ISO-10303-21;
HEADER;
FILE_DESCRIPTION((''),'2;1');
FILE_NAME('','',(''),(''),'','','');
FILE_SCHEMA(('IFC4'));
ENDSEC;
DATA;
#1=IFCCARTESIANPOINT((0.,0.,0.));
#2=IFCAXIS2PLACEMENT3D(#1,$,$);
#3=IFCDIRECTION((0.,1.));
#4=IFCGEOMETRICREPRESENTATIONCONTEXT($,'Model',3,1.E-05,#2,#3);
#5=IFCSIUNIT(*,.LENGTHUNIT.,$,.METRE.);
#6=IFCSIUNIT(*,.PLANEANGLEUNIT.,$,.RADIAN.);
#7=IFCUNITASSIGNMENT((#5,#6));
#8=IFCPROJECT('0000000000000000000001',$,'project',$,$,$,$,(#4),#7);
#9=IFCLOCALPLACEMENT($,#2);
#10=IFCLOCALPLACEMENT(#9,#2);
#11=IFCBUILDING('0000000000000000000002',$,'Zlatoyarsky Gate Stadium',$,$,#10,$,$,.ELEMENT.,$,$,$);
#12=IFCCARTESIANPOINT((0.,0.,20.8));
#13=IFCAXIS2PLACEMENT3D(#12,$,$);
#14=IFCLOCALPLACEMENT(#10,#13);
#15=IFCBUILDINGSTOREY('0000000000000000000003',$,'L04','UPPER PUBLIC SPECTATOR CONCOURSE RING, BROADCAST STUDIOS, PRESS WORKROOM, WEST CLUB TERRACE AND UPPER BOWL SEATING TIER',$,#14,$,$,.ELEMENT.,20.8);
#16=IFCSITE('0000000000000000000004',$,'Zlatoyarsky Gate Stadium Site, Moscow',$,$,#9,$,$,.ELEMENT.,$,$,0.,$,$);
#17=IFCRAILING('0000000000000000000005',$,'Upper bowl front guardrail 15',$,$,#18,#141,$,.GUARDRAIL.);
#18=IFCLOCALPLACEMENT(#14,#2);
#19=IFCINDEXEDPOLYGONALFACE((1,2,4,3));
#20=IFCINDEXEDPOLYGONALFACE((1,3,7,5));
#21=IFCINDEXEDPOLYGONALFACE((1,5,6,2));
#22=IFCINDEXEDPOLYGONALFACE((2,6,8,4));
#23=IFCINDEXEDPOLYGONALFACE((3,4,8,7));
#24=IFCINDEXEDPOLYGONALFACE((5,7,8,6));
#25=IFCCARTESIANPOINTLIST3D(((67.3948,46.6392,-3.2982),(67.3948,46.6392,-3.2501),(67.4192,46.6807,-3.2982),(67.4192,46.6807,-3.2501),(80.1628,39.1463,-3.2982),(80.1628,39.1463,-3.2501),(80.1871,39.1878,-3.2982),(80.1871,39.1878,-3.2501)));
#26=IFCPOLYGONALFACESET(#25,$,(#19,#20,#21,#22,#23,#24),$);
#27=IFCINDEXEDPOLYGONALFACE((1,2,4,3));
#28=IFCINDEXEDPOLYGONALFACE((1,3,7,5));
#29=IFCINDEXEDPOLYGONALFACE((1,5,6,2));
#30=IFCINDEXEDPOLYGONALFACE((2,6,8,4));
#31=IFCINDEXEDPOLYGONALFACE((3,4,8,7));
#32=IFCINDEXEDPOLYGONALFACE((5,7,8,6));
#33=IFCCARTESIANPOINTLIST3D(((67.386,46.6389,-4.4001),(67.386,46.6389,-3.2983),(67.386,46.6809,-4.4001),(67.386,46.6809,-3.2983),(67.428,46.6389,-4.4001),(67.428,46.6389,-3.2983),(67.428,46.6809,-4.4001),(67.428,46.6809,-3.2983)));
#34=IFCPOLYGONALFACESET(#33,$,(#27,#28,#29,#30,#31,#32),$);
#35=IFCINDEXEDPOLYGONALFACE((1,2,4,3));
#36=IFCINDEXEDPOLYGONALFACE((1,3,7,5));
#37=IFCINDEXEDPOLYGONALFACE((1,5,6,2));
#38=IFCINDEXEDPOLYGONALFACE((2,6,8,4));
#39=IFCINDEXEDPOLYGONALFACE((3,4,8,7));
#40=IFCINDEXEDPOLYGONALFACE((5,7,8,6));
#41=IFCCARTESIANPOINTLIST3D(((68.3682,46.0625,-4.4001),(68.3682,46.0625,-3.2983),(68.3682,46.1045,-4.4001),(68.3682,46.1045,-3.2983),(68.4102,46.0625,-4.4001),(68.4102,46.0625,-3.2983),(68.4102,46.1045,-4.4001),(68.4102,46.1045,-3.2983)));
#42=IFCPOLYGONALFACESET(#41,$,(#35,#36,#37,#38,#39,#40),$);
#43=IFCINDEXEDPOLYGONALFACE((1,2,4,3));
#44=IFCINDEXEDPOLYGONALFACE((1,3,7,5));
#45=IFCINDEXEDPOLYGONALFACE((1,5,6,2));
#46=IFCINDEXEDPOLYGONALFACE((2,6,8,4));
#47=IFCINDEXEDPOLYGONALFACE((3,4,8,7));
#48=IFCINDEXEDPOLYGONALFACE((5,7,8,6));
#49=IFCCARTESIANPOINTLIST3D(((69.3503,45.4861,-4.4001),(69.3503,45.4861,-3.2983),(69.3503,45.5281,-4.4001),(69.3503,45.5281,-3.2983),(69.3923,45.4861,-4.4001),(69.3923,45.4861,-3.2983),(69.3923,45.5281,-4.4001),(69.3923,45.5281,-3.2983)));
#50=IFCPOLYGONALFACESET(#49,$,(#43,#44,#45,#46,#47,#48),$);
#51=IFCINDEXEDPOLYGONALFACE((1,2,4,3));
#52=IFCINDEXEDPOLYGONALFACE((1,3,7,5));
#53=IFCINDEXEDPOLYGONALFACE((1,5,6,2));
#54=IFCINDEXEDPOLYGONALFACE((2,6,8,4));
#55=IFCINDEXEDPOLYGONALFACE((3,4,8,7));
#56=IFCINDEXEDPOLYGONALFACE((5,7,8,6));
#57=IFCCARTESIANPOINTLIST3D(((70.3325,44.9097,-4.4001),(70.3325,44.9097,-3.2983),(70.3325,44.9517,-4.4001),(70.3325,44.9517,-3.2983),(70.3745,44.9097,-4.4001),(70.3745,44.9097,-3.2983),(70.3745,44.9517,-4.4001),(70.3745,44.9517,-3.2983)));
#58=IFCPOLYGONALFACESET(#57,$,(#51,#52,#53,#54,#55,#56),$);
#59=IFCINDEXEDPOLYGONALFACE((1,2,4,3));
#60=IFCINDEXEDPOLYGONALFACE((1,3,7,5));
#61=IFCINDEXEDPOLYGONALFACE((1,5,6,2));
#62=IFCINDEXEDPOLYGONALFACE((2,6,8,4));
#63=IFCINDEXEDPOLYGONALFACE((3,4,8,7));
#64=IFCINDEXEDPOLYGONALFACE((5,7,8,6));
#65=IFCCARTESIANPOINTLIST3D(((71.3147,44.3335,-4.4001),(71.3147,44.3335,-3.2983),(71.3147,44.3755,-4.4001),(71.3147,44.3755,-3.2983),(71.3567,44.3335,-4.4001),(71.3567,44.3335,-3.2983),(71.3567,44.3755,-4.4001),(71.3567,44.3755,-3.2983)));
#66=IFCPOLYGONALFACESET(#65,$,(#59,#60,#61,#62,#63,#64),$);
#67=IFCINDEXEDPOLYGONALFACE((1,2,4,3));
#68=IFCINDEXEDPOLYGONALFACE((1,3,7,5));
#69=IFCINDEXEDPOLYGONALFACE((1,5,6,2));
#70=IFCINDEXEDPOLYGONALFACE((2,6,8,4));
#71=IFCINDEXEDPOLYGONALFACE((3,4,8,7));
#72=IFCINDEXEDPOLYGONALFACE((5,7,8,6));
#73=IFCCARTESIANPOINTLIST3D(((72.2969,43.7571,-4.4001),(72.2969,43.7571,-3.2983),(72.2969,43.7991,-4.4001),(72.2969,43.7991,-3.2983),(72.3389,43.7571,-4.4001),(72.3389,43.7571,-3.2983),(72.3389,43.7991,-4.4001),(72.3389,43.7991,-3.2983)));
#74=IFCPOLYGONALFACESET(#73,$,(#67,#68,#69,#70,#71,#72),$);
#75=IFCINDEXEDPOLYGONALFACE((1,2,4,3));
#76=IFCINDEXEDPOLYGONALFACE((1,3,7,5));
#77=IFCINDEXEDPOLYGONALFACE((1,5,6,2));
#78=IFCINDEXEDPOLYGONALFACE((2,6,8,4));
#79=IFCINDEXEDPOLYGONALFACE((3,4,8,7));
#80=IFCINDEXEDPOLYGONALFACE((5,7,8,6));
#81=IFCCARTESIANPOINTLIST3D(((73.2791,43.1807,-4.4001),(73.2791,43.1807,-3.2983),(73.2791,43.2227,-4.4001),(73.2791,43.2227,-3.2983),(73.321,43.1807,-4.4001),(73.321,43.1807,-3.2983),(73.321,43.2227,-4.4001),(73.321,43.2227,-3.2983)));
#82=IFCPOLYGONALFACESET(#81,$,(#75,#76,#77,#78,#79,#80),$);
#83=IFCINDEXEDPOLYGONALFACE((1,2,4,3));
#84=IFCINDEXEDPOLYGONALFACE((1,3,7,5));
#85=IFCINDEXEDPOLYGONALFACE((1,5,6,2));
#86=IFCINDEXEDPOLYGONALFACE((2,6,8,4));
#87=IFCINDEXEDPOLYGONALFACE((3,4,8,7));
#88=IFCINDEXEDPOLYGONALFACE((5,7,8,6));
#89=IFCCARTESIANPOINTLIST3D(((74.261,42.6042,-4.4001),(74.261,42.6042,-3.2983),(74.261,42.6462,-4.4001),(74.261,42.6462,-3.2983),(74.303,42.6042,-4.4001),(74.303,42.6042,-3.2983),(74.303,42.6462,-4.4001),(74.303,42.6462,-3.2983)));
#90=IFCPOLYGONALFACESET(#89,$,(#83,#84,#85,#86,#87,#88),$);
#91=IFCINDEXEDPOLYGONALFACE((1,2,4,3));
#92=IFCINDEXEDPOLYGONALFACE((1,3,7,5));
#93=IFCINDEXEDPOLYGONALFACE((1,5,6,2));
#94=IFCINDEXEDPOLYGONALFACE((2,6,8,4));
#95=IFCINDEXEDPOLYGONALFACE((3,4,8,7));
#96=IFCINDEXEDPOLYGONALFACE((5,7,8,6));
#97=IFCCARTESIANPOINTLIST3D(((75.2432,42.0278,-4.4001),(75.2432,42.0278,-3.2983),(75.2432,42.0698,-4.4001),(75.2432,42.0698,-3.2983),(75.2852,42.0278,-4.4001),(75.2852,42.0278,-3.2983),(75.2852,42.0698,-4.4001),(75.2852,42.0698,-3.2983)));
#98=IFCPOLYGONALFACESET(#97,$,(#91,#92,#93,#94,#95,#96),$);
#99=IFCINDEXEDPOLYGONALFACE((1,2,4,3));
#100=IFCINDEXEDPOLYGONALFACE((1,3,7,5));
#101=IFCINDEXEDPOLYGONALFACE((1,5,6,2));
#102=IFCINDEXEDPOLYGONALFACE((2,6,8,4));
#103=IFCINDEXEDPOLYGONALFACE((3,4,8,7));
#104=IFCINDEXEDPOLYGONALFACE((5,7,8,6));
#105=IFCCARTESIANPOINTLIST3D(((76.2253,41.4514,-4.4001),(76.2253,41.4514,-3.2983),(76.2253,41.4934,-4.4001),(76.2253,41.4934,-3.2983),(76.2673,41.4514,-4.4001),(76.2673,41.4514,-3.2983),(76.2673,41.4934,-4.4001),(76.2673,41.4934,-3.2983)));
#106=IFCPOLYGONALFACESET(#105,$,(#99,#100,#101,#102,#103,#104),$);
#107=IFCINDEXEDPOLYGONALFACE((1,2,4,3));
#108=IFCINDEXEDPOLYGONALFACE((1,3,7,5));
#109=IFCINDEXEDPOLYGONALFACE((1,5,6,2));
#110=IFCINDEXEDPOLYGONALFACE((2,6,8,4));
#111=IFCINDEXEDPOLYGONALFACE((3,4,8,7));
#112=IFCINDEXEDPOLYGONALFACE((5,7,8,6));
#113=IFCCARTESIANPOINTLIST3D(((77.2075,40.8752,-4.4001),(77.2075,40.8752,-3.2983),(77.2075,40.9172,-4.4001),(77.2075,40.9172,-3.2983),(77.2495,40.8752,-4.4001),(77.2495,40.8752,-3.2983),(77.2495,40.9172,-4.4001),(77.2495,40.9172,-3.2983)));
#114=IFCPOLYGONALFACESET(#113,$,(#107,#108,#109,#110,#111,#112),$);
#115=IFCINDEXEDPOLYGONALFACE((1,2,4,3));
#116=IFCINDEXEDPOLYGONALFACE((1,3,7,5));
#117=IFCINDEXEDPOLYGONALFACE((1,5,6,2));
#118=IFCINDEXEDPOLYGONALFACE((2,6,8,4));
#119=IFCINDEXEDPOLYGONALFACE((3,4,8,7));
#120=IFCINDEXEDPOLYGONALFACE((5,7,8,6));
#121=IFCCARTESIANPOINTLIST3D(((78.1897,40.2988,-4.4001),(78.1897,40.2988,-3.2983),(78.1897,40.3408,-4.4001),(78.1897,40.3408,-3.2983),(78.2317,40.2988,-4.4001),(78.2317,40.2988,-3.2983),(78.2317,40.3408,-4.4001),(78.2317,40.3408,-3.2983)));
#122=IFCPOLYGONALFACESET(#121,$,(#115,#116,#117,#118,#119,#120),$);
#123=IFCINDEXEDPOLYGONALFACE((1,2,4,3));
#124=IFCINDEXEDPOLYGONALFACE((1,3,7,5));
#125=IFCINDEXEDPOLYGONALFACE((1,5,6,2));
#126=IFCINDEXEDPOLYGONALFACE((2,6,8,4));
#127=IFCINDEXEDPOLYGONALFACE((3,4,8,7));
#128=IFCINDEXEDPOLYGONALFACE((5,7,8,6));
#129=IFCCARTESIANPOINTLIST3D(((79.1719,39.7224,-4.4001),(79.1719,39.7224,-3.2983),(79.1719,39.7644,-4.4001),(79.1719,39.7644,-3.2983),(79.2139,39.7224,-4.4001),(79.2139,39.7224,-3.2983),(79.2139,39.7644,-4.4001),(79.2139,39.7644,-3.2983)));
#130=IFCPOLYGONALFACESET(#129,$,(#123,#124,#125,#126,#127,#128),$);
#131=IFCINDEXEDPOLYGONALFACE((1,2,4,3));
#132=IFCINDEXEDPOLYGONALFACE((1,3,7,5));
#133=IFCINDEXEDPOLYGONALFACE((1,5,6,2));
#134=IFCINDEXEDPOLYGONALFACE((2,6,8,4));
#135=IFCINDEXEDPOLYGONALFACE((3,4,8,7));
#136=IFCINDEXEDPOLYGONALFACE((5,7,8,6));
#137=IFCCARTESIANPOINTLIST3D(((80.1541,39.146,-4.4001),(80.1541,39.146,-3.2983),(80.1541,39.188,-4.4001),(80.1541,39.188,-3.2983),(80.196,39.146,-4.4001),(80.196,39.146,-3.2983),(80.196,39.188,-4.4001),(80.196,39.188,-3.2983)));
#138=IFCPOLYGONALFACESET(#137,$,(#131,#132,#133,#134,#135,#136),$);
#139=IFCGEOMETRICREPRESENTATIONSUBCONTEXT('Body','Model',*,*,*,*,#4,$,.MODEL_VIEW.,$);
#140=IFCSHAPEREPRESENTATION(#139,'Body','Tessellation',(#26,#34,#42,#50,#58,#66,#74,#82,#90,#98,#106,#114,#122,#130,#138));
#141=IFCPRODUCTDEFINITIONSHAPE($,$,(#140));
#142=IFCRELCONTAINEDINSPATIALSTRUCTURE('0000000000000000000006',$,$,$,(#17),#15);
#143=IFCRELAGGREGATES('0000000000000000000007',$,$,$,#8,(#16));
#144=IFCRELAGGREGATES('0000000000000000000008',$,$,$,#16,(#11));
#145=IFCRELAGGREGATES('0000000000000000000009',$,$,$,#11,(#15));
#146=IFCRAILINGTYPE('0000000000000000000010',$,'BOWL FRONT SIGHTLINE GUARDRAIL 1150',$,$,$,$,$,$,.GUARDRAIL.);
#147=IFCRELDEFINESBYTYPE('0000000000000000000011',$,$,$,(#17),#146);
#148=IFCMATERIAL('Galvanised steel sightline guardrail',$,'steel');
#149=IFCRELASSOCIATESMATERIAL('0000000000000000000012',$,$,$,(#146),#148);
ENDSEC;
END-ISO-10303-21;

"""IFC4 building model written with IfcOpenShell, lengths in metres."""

from ifc_helpers import new_model, si_unit, direction, frame, origin, origin_2d, place, context, subcontext, project, spatial, rectangle, extrude, material, type_object, element, save


model = new_model("IFC4")

# Units and contexts
model_context = context("Model", 3, precision=1e-05, world=origin(), true_north=direction((0.0, 1.0)))
body_context = subcontext(model_context, "Body", "Model", "MODEL_VIEW")
ifc_project = project(units=[si_unit("LENGTHUNIT", "METRE"), si_unit("PLANEANGLEUNIT", "RADIAN")], contexts=[model_context])

# Site, building, storey
site_placement = place(None, origin())
site = spatial("IfcSite", under=ifc_project, at=site_placement, Name="Zlatoyarsky Gate Stadium Site, Moscow", CompositionType="ELEMENT", RefElevation=0.0)
building_placement = place(site_placement, origin())
building = spatial("IfcBuilding", under=site, at=building_placement, Name="Zlatoyarsky Gate Stadium", CompositionType="ELEMENT")
storey_placement = place(building_placement, frame((0.0, 0.0, 20.8)))
storey = spatial("IfcBuildingStorey", under=building, at=storey_placement, Name="L04", Description="UPPER PUBLIC SPECTATOR CONCOURSE RING, BROADCAST STUDIOS, PRESS WORKROOM, WEST CLUB TERRACE AND UPPER BOWL SEATING TIER", CompositionType="ELEMENT", Elevation=20.8)

# Railing
ifc_material_1 = material(Name="Galvanised steel sightline guardrail", Category="steel")
railing_type_1 = type_object("IfcRailingType", Name="BOWL FRONT SIGHTLINE GUARDRAIL 1150", PredefinedType="GUARDRAIL", material=ifc_material_1)
railing_1_placement = place(storey_placement, frame((67.407, 46.6599, -4.4001)))
element("IfcRailing", 1, at=railing_1_placement, inside=storey, type_object=railing_type_1, Name="Upper bowl front guardrail 15", PredefinedType="GUARDRAIL", context=body_context, shape_type="SweptSolid", body=[
    extrude(rectangle(XDim=0.0481, YDim=0.0481, at=origin_2d()), frame((0.0, 0.0, 1.126), z_axis=(0.862456, -0.506131, 0.0), x_axis=(0.506131, 0.862456, 0.0)), (0.0, 0.0, 1.0), 14.8042),
    extrude(rectangle(XDim=0.042, YDim=0.042, at=origin_2d()), origin(), (0.0, 0.0, 1.0), 1.1018),
    extrude(rectangle(XDim=0.042, YDim=0.042, at=origin_2d()), frame((0.9822, -0.5764, 0.0)), (0.0, 0.0, 1.0), 1.1018),
    extrude(rectangle(XDim=0.042, YDim=0.042, at=origin_2d()), frame((1.9644, -1.1528, 0.0)), (0.0, 0.0, 1.0), 1.1018),
    extrude(rectangle(XDim=0.042, YDim=0.042, at=origin_2d()), frame((2.9465, -1.7292, 0.0)), (0.0, 0.0, 1.0), 1.1018),
    extrude(rectangle(XDim=0.042, YDim=0.042, at=origin_2d()), frame((3.9287, -2.3054, 0.0)), (0.0, 0.0, 1.0), 1.1018),
    extrude(rectangle(XDim=0.042, YDim=0.042, at=origin_2d()), frame((4.9109, -2.8818, 0.0)), (0.0, 0.0, 1.0), 1.1018),
    extrude(rectangle(XDim=0.042, YDim=0.042, at=origin_2d()), frame((5.8931, -3.4583, 0.0)), (0.0, 0.0, 1.0), 1.1018),
    extrude(rectangle(XDim=0.042, YDim=0.042, at=origin_2d()), frame((6.875, -4.0347, 0.0)), (0.0, 0.0, 1.0), 1.1018),
    extrude(rectangle(XDim=0.042, YDim=0.042, at=origin_2d()), frame((7.8572, -4.6111, 0.0)), (0.0, 0.0, 1.0), 1.1018),
    extrude(rectangle(XDim=0.042, YDim=0.042, at=origin_2d()), frame((8.8394, -5.1875, 0.0)), (0.0, 0.0, 1.0), 1.1018),
    extrude(rectangle(XDim=0.042, YDim=0.042, at=origin_2d()), frame((9.8215, -5.7637, 0.0)), (0.0, 0.0, 1.0), 1.1018),
    extrude(rectangle(XDim=0.042, YDim=0.042, at=origin_2d()), frame((10.8037, -6.3401, 0.0)), (0.0, 0.0, 1.0), 1.1018),
    extrude(rectangle(XDim=0.042, YDim=0.042, at=origin_2d()), frame((11.7859, -6.9165, 0.0)), (0.0, 0.0, 1.0), 1.1018),
    extrude(rectangle(XDim=0.042, YDim=0.042, at=origin_2d()), frame((12.7681, -7.4929, 0.0)), (0.0, 0.0, 1.0), 1.1018),
])

save(model, "model.ifc")
